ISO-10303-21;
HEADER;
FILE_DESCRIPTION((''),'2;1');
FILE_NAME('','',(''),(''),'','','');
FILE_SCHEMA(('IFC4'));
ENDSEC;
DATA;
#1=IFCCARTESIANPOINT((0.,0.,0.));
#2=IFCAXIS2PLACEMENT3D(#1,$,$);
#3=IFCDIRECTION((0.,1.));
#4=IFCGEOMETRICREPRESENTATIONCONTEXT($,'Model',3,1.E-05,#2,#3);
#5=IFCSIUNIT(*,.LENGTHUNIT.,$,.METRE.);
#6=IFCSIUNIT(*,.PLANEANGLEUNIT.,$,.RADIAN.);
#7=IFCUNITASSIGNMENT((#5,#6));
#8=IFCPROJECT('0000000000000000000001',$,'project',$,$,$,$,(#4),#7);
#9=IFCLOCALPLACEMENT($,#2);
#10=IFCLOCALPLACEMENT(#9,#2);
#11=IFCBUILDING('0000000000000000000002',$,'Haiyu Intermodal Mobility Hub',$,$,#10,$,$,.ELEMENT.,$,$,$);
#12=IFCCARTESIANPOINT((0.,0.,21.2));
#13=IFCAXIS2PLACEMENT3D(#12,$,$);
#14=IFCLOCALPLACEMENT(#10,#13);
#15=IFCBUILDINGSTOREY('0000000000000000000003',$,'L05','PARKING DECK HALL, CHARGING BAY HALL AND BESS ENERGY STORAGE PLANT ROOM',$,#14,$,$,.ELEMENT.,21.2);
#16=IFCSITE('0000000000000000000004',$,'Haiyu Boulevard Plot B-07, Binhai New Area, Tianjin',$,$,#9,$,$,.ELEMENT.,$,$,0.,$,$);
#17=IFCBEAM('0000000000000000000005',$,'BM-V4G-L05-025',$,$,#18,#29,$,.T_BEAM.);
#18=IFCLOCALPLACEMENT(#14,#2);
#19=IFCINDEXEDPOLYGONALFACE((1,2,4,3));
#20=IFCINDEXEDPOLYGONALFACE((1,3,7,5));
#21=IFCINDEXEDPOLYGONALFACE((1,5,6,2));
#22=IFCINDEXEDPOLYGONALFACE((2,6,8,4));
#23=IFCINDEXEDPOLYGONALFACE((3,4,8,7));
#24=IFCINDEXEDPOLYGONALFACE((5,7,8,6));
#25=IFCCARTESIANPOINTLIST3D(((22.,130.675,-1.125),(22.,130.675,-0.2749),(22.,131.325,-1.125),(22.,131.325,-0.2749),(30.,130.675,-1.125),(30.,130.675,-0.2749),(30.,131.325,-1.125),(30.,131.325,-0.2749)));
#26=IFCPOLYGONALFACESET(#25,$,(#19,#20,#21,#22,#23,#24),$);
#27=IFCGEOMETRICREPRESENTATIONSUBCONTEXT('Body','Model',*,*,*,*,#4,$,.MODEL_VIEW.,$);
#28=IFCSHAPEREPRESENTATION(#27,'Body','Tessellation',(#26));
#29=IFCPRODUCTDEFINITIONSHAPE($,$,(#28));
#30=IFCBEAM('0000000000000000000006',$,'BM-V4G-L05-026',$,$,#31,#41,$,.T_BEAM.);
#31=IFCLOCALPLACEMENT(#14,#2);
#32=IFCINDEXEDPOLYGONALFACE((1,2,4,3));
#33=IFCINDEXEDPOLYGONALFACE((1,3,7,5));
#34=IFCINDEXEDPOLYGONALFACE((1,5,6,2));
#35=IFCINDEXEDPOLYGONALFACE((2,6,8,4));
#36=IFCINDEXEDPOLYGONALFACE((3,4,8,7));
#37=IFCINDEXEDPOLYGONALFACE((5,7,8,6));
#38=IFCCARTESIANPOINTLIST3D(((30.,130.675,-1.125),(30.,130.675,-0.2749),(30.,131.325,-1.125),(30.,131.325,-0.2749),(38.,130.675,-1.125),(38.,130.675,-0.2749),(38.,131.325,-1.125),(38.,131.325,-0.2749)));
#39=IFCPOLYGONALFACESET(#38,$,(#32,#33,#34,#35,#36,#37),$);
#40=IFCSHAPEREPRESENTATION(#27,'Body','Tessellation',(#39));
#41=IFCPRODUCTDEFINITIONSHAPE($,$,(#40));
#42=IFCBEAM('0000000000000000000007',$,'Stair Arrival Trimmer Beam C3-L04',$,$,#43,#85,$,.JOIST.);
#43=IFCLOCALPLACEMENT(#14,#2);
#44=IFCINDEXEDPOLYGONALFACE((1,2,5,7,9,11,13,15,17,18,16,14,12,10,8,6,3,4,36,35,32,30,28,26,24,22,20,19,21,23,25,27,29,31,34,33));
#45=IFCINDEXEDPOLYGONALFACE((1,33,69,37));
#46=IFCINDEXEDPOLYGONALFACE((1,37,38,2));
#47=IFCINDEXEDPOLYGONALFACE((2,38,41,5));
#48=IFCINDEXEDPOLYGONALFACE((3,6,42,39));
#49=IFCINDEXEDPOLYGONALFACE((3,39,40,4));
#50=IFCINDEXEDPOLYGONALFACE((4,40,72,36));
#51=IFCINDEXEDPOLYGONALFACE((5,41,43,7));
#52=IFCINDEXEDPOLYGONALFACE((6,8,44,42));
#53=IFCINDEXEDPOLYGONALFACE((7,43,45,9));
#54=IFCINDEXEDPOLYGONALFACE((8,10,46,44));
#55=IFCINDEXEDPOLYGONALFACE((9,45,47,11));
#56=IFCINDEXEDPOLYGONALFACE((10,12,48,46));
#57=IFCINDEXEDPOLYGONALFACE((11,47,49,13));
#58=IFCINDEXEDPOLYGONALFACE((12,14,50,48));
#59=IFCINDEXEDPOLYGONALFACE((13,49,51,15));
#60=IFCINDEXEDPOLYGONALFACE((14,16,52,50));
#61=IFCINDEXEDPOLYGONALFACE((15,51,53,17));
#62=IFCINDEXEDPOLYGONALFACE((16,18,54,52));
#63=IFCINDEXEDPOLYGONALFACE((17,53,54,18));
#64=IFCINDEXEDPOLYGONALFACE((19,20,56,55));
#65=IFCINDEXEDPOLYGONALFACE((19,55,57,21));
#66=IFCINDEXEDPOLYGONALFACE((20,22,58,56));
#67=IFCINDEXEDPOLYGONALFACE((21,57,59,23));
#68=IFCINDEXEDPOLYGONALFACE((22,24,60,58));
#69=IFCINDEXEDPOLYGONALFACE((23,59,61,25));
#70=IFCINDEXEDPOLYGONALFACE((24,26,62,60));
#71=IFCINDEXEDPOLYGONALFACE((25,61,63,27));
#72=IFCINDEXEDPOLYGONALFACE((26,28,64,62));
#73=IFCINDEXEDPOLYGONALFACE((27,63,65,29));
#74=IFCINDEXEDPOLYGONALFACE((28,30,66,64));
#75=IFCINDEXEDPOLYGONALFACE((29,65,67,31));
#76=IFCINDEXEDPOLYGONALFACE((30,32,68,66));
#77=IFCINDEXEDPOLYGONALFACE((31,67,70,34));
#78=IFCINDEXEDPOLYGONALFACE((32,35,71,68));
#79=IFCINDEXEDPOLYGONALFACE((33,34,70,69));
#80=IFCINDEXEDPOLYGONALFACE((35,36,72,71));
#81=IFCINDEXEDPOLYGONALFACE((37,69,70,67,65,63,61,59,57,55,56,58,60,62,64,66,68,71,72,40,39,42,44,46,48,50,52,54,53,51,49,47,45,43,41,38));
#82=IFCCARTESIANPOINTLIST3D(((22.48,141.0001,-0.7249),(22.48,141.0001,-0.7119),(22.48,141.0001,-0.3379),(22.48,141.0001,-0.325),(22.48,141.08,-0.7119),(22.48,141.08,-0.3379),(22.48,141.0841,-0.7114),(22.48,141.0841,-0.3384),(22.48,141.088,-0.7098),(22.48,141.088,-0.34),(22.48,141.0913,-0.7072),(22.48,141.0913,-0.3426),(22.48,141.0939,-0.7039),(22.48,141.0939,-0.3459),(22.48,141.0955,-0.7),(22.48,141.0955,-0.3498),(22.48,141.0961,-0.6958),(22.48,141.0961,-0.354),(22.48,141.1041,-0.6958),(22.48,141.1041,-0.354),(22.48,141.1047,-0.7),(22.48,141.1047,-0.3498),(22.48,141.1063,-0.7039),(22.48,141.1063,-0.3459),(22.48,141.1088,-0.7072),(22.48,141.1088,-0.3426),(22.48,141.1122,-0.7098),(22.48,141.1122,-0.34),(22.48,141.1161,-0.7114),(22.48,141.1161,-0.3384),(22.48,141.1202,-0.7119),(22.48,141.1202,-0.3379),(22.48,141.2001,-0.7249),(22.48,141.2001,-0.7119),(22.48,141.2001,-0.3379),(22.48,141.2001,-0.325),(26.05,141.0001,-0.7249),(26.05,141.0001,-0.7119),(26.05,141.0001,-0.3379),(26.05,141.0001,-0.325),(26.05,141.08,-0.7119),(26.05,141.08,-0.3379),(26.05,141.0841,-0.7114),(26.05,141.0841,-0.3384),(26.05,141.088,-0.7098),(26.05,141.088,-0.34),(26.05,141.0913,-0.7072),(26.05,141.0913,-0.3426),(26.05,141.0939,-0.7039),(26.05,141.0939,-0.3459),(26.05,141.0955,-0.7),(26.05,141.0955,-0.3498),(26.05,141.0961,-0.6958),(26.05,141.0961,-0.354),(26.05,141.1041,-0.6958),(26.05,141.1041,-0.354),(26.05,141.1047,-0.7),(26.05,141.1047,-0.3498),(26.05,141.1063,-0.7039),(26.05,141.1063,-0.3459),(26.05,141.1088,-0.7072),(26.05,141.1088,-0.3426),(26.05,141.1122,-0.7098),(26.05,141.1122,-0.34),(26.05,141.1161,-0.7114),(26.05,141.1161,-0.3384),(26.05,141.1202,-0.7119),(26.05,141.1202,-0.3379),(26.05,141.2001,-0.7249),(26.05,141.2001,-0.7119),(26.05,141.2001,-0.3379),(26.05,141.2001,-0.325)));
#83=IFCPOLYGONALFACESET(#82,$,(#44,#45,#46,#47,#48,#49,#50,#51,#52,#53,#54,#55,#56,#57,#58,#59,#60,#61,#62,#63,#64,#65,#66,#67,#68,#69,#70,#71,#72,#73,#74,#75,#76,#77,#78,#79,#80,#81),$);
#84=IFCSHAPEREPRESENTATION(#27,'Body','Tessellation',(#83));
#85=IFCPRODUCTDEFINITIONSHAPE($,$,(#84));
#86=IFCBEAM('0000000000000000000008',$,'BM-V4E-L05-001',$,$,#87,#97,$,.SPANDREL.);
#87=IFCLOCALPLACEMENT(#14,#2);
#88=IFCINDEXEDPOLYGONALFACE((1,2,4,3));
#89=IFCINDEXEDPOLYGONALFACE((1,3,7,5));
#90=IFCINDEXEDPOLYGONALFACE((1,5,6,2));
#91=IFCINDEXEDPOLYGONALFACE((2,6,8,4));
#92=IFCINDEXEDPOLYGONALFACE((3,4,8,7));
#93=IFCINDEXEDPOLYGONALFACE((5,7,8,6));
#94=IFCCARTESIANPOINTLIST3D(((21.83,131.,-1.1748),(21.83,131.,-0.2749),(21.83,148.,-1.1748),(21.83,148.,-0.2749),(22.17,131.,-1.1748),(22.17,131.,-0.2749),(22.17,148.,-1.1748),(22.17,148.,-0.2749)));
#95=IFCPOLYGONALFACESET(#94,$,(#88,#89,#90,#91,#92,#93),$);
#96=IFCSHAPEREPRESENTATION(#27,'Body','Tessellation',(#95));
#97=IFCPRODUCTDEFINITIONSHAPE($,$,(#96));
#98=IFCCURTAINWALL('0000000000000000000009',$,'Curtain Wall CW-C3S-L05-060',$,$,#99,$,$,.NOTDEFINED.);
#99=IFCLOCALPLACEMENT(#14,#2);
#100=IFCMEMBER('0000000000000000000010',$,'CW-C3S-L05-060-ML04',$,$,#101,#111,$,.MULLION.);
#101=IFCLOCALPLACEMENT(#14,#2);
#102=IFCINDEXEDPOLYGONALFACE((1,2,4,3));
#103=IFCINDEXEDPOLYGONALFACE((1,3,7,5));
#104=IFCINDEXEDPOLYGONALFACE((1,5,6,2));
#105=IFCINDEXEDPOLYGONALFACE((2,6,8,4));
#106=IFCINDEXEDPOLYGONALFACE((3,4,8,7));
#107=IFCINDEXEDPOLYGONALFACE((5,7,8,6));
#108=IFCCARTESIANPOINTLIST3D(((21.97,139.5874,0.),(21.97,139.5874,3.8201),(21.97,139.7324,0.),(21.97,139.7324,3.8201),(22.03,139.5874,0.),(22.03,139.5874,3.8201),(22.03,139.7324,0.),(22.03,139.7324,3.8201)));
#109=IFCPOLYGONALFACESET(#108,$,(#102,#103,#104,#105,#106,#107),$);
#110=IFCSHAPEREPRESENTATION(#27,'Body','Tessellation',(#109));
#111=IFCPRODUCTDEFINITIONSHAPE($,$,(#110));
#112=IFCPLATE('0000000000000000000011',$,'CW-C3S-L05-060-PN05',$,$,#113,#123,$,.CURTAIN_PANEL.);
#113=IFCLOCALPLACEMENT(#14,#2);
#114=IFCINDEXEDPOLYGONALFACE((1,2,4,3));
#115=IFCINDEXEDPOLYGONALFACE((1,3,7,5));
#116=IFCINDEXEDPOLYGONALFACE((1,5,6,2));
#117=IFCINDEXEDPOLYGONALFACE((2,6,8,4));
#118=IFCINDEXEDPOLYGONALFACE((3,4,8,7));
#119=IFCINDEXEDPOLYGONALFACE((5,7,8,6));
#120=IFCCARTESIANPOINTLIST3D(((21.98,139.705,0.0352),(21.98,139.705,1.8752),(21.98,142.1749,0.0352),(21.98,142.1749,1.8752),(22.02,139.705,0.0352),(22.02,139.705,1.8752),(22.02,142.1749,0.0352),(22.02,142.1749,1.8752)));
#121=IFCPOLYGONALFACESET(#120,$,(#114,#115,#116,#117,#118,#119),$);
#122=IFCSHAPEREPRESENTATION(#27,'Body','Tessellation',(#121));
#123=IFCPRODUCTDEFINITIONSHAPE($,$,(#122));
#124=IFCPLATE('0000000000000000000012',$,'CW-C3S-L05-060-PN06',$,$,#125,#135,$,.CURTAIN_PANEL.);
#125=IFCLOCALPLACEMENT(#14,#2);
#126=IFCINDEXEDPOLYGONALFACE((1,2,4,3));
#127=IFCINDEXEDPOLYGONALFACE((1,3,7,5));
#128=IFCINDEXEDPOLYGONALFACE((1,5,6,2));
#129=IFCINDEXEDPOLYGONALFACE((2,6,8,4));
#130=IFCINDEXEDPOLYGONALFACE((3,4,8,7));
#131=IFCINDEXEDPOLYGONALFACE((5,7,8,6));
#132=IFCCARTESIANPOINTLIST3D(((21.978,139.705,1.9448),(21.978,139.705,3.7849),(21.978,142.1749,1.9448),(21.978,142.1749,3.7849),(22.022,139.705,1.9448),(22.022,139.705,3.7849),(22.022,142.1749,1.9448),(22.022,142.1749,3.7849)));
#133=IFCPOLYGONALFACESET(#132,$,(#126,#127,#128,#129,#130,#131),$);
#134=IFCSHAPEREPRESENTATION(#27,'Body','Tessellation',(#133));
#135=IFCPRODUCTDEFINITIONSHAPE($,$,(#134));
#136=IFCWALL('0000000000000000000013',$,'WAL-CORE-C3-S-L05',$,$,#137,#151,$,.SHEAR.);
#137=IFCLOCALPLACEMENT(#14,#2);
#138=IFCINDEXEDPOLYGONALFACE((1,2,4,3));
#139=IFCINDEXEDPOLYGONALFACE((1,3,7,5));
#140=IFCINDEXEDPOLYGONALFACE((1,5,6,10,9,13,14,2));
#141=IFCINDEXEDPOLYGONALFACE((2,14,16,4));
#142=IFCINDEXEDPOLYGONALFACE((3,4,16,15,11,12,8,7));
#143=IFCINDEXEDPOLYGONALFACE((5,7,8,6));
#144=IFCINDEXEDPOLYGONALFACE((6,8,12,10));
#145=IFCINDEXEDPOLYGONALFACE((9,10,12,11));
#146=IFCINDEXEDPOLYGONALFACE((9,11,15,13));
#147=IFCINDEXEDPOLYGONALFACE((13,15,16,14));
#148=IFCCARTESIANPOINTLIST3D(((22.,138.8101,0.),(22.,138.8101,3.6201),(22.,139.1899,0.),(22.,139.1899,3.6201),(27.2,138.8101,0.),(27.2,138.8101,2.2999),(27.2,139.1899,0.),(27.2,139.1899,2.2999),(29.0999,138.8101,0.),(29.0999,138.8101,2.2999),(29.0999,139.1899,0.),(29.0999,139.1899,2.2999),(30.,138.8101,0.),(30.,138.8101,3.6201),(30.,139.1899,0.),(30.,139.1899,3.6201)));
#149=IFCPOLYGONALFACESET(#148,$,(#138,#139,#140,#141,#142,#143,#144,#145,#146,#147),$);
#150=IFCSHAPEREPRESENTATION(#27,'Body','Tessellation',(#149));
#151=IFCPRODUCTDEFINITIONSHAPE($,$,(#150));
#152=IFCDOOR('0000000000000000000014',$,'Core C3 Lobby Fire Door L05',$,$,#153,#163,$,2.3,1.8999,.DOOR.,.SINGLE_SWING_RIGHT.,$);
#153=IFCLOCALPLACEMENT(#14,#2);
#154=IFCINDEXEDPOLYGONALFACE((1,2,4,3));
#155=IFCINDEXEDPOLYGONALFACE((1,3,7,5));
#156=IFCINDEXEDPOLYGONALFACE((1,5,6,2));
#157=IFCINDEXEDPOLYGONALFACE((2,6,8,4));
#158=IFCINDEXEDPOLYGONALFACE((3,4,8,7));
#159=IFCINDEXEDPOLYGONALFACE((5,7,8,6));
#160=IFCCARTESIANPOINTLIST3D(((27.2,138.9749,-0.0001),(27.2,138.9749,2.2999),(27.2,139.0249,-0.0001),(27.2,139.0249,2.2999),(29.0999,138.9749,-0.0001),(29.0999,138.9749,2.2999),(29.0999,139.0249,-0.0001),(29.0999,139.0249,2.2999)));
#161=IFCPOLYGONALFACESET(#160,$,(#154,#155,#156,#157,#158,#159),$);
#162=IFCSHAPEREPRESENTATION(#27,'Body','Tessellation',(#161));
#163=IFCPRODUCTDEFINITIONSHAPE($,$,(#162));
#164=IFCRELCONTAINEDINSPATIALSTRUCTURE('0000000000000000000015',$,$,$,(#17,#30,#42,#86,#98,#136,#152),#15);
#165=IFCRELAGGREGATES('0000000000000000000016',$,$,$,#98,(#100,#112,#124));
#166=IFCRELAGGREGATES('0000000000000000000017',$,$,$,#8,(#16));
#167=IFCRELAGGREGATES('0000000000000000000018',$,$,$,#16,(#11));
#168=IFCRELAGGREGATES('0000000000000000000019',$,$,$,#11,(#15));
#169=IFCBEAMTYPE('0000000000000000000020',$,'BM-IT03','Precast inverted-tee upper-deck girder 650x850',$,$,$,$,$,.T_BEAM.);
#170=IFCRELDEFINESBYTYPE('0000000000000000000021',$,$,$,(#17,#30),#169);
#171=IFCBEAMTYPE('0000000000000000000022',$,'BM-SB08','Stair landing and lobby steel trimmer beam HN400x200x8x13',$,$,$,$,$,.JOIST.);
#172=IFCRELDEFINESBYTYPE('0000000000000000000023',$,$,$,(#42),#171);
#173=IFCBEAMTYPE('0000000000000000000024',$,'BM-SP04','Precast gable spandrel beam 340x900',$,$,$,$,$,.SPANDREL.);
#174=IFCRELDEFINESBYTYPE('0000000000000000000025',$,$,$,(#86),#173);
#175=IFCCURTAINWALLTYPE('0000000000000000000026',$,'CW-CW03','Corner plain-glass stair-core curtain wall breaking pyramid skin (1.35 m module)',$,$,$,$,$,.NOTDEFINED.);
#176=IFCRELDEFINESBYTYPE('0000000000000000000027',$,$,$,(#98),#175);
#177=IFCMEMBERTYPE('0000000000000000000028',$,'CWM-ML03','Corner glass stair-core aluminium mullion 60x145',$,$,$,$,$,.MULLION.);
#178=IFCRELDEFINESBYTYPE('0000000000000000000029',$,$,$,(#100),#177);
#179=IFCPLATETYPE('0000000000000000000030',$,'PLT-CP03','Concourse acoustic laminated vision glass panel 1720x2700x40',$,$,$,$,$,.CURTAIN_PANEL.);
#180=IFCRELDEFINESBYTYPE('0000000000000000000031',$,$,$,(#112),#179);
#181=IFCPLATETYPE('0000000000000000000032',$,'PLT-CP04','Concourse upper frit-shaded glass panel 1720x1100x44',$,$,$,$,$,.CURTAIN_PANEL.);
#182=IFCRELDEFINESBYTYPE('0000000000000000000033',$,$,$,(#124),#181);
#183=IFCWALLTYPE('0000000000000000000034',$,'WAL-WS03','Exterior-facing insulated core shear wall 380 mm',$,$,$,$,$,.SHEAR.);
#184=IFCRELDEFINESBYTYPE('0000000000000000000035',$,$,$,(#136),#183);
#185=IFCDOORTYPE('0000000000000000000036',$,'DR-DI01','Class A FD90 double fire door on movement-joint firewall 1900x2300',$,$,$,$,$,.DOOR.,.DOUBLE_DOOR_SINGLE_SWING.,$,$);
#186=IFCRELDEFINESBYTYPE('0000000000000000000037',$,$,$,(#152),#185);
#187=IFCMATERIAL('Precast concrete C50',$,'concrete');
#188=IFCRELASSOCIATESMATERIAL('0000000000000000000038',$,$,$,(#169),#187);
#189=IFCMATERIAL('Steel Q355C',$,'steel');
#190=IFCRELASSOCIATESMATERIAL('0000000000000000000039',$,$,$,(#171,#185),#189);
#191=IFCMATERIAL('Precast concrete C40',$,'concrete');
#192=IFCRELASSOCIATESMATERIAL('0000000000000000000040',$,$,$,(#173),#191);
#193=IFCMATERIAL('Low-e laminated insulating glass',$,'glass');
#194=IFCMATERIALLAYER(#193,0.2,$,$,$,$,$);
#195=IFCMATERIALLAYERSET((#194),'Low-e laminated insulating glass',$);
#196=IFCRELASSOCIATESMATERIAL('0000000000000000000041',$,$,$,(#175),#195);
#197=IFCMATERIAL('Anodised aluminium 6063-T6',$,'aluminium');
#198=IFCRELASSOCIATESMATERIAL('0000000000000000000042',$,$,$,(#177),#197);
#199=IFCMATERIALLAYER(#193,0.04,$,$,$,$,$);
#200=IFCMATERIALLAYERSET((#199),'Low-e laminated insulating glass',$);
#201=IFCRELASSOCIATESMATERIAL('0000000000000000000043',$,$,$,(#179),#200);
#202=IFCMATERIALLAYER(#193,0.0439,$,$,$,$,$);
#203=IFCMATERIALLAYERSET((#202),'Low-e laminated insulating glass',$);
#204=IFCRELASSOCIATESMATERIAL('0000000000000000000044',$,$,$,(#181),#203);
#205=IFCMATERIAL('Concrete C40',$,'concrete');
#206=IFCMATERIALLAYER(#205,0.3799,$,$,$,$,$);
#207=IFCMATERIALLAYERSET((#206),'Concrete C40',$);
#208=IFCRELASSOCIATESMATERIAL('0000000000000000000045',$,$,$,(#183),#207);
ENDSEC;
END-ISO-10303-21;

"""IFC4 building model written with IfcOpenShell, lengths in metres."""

from ifc_helpers import new_model, si_unit, direction, frame, frame_2d, origin, origin_2d, place, context, subcontext, project, spatial, rectangle, i_section, extrude, material, layer, layer_set, material_profile, profile_set, type_object, element, fill, aggregate, save


model = new_model("IFC4")

# Units and contexts
model_context = context("Model", 3, precision=1e-05, world=origin(), true_north=direction((0.0, 1.0)))
body_context = subcontext(model_context, "Body", "Model", "MODEL_VIEW")
ifc_project = project(units=[si_unit("LENGTHUNIT", "METRE"), si_unit("PLANEANGLEUNIT", "RADIAN")], contexts=[model_context])

# Site, building, storey
site_placement = place(None, origin())
site = spatial("IfcSite", under=ifc_project, at=site_placement, Name="Haiyu Boulevard Plot B-07, Binhai New Area, Tianjin", CompositionType="ELEMENT", RefElevation=0.0)
building_placement = place(site_placement, origin())
building = spatial("IfcBuilding", under=site, at=building_placement, Name="Haiyu Intermodal Mobility Hub", CompositionType="ELEMENT")
storey_placement = place(building_placement, frame((0.0, 0.0, 21.2)))
storey = spatial("IfcBuildingStorey", under=building, at=storey_placement, Name="L05", Description="PARKING DECK HALL, CHARGING BAY HALL AND BESS ENERGY STORAGE PLANT ROOM", CompositionType="ELEMENT", Elevation=21.2)

# Shared definitions
ifc_material_1 = material(Name="Precast concrete C40", Category="concrete")
ifc_material_2 = material(Name="Steel Q355C", Category="steel")

# Beams
ifc_material_3 = material(Name="Precast concrete C50", Category="concrete")
ifc_material_profile_1 = material_profile(ifc_material_3, rectangle(XDim=0.6499, YDim=0.8501, at=origin_2d()), Name="PC650x850")
ifc_profile_set_1 = profile_set([ifc_material_profile_1], Name="Precast concrete C50")
beam_type_1 = type_object("IfcBeamType", Name="BM-IT03", Description="Precast inverted-tee upper-deck girder 650x850", PredefinedType="T_BEAM", material=ifc_profile_set_1)
for number, where, z_axis, x_axis, name in (
    (1, (22.0, 131.0, -0.7), (1.0, 0.0, 0.0), (0.0, 1.0, 0.0), "BM-V4G-L05-025"),
    (2, (30.0, 131.0, -0.7), (1.0, 0.0, 0.0), (0.0, 1.0, 0.0), "BM-V4G-L05-026"),
):
    element("IfcBeam", number, at=place(storey_placement, frame(where, z_axis=z_axis, x_axis=x_axis)), inside=storey, type_object=beam_type_1, Name=name, PredefinedType="T_BEAM", context=body_context, shape_type="SweptSolid", body=[
        extrude(rectangle(XDim=0.6499, YDim=0.8501, at=origin_2d()), origin(), (0.0, 0.0, 1.0), 8.0),
    ])
ifc_material_profile_2 = material_profile(ifc_material_2, i_section(OverallWidth=0.2, OverallDepth=0.3999, WebThickness=0.0081, FlangeThickness=0.0129, FilletRadius=0.0161, at=origin_2d()), Name="HN400x200x8x13")
ifc_profile_set_2 = profile_set([ifc_material_profile_2], Name="Steel Q355C")
beam_type_2 = type_object("IfcBeamType", Name="BM-SB08", Description="Stair landing and lobby steel trimmer beam HN400x200x8x13", PredefinedType="JOIST", material=ifc_profile_set_2)
beam_1_placement = place(storey_placement, frame((22.48, 141.1001, -0.5249), z_axis=(1.0, 0.0, 0.0), x_axis=(0.0, 1.0, 0.0)))
element("IfcBeam", 3, at=beam_1_placement, inside=storey, type_object=beam_type_2, Name="Stair Arrival Trimmer Beam C3-L04", PredefinedType="JOIST", context=body_context, shape_type="SweptSolid", body=[
    extrude(i_section(OverallWidth=0.2, OverallDepth=0.3999, WebThickness=0.0081, FlangeThickness=0.0129, FilletRadius=0.0161, at=origin_2d()), origin(), (0.0, 0.0, 1.0), 3.5701),
])
ifc_material_profile_3 = material_profile(ifc_material_1, rectangle(XDim=0.3401, YDim=0.8999, at=origin_2d()), Name="B340x900")
ifc_profile_set_3 = profile_set([ifc_material_profile_3], Name="Precast concrete C40")
beam_type_3 = type_object("IfcBeamType", Name="BM-SP04", Description="Precast gable spandrel beam 340x900", PredefinedType="SPANDREL", material=ifc_profile_set_3)
beam_2_placement = place(storey_placement, frame((22.0, 131.0, -0.7249), z_axis=(0.0, 1.0, 0.0), x_axis=(-1.0, 0.0, 0.0)))
element("IfcBeam", 4, at=beam_2_placement, inside=storey, type_object=beam_type_3, Name="BM-V4E-L05-001", PredefinedType="SPANDREL", context=body_context, shape_type="SweptSolid", body=[
    extrude(rectangle(XDim=0.3401, YDim=0.8999, at=origin_2d()), origin(), (0.0, 0.0, 1.0), 17.0),
])

# Curtain wall, member, plates
ifc_material_4 = material(Name="Low-e laminated insulating glass", Category="glass")
ifc_layer_1 = layer(ifc_material_4, 0.2)
ifc_layer_set_1 = layer_set([ifc_layer_1], Name="Low-e laminated insulating glass")
curtain_wall_type = type_object("IfcCurtainWallType", Name="CW-CW03", Description="Corner plain-glass stair-core curtain wall breaking pyramid skin (1.35 m module)", PredefinedType="NOTDEFINED", material=ifc_layer_set_1)
curtain_wall_placement = place(storey_placement, origin())
curtain_wall = element("IfcCurtainWall", 5, at=curtain_wall_placement, inside=storey, type_object=curtain_wall_type, Name="Curtain Wall CW-C3S-L05-060", PredefinedType="NOTDEFINED")
ifc_material_5 = material(Name="Anodised aluminium 6063-T6", Category="aluminium")
ifc_material_profile_4 = material_profile(ifc_material_5, rectangle(XDim=0.0601, YDim=0.145, at=origin_2d()), Name="ALU60x145")
ifc_profile_set_4 = profile_set([ifc_material_profile_4], Name="Anodised aluminium 6063-T6")
member_type = type_object("IfcMemberType", Name="CWM-ML03", Description="Corner glass stair-core aluminium mullion 60x145", PredefinedType="MULLION", material=ifc_profile_set_4)
member_placement = place(storey_placement, frame((22.0, 139.6599, 0.0), z_axis=(0.0, 0.0, 1.0), x_axis=(1.0, 0.0, 0.0)))
member = element("IfcMember", 6, at=member_placement, type_object=member_type, Name="CW-C3S-L05-060-ML04", PredefinedType="MULLION", context=body_context, shape_type="SweptSolid", body=[
    extrude(rectangle(XDim=0.0601, YDim=0.145, at=origin_2d()), origin(), (0.0, 0.0, 1.0), 3.8201),
])
ifc_layer_2 = layer(ifc_material_4, 0.04)
ifc_layer_set_2 = layer_set([ifc_layer_2], Name="Low-e laminated insulating glass")
plate_type_1 = type_object("IfcPlateType", Name="PLT-CP03", Description="Concourse acoustic laminated vision glass panel 1720x2700x40", PredefinedType="CURTAIN_PANEL", material=ifc_layer_set_2)
plate_1_placement = place(storey_placement, frame((22.0, 140.9399, 0.0352), z_axis=(0.0, 0.0, 1.0), x_axis=(0.0, -1.0, 0.0)))
plate_1 = element("IfcPlate", 7, at=plate_1_placement, type_object=plate_type_1, Name="CW-C3S-L05-060-PN05", PredefinedType="CURTAIN_PANEL", context=body_context, shape_type="SweptSolid", body=[
    extrude(rectangle(XDim=2.47, YDim=0.04, at=origin_2d()), origin(), (0.0, 0.0, 1.0), 1.8401),
])
ifc_layer_3 = layer(ifc_material_4, 0.0439)
ifc_layer_set_3 = layer_set([ifc_layer_3], Name="Low-e laminated insulating glass")
plate_type_2 = type_object("IfcPlateType", Name="PLT-CP04", Description="Concourse upper frit-shaded glass panel 1720x1100x44", PredefinedType="CURTAIN_PANEL", material=ifc_layer_set_3)
plate_2_placement = place(storey_placement, frame((22.0, 140.9399, 1.9448), z_axis=(0.0, 0.0, 1.0), x_axis=(0.0, -1.0, 0.0)))
plate_2 = element("IfcPlate", 8, at=plate_2_placement, type_object=plate_type_2, Name="CW-C3S-L05-060-PN06", PredefinedType="CURTAIN_PANEL", context=body_context, shape_type="SweptSolid", body=[
    extrude(rectangle(XDim=2.47, YDim=0.0439, at=origin_2d()), origin(), (0.0, 0.0, 1.0), 1.8401),
])
aggregate(curtain_wall, [member, plate_1, plate_2])

# Wall, opening, door
ifc_material_6 = material(Name="Concrete C40", Category="concrete")
ifc_layer_4 = layer(ifc_material_6, 0.3799)
ifc_layer_set_4 = layer_set([ifc_layer_4], Name="Concrete C40")
wall_type = type_object("IfcWallType", Name="WAL-WS03", Description="Exterior-facing insulated core shear wall 380 mm", PredefinedType="SHEAR", material=ifc_layer_set_4)
wall_1_placement = place(storey_placement, frame((22.0, 139.0, 0.0), z_axis=(0.0, 0.0, 1.0), x_axis=(1.0, 0.0, 0.0)))
wall_1 = element("IfcWall", 9, at=wall_1_placement, inside=storey, type_object=wall_type, Name="WAL-CORE-C3-S-L05", PredefinedType="SHEAR", context=body_context, shape_type="SweptSolid", body=[
    extrude(rectangle(XDim=8.0, YDim=0.3799, at=frame_2d((4.0, 0.0))), origin(), (0.0, 0.0, 1.0), 3.6201),
])
opening_1_placement = place(wall_1_placement, frame((5.2, 0.0, 0.0)))
opening_1 = element("IfcOpeningElement", 10, at=opening_1_placement, cuts=wall_1, PredefinedType="OPENING", context=body_context, shape_type="SweptSolid", body=[
    extrude(rectangle(XDim=1.8999, YDim=2.3, at=frame_2d((0.95, 1.1499))), frame((0.0, 0.2, 0.0), z_axis=(0.0, -1.0, 0.0), x_axis=(1.0, 0.0, 0.0)), (0.0, 0.0, 1.0), 0.3999),
])
door_type_1 = type_object("IfcDoorType", Name="DR-DI01", Description="Class A FD90 double fire door on movement-joint firewall 1900x2300", OperationType="DOUBLE_DOOR_SINGLE_SWING", PredefinedType="DOOR", material=ifc_material_2)
door_1_placement = place(opening_1_placement, origin())
door_1 = element("IfcDoor", 11, at=door_1_placement, inside=storey, type_object=door_type_1, Name="Core C3 Lobby Fire Door L05", OperationType="SINGLE_SWING_RIGHT", OverallHeight=2.3, OverallWidth=1.8999, PredefinedType="DOOR", context=body_context, shape_type="SweptSolid", body=[
    extrude(rectangle(XDim=1.8999, YDim=2.3, at=frame_2d((0.95, 1.1499))), frame((0.0, 0.0249, 0.0), z_axis=(0.0, -1.0, 0.0), x_axis=(1.0, 0.0, 0.0)), (0.0, 0.0, 1.0), 0.05),
])
fill(opening_1, door_1)

save(model, "model.ifc")
